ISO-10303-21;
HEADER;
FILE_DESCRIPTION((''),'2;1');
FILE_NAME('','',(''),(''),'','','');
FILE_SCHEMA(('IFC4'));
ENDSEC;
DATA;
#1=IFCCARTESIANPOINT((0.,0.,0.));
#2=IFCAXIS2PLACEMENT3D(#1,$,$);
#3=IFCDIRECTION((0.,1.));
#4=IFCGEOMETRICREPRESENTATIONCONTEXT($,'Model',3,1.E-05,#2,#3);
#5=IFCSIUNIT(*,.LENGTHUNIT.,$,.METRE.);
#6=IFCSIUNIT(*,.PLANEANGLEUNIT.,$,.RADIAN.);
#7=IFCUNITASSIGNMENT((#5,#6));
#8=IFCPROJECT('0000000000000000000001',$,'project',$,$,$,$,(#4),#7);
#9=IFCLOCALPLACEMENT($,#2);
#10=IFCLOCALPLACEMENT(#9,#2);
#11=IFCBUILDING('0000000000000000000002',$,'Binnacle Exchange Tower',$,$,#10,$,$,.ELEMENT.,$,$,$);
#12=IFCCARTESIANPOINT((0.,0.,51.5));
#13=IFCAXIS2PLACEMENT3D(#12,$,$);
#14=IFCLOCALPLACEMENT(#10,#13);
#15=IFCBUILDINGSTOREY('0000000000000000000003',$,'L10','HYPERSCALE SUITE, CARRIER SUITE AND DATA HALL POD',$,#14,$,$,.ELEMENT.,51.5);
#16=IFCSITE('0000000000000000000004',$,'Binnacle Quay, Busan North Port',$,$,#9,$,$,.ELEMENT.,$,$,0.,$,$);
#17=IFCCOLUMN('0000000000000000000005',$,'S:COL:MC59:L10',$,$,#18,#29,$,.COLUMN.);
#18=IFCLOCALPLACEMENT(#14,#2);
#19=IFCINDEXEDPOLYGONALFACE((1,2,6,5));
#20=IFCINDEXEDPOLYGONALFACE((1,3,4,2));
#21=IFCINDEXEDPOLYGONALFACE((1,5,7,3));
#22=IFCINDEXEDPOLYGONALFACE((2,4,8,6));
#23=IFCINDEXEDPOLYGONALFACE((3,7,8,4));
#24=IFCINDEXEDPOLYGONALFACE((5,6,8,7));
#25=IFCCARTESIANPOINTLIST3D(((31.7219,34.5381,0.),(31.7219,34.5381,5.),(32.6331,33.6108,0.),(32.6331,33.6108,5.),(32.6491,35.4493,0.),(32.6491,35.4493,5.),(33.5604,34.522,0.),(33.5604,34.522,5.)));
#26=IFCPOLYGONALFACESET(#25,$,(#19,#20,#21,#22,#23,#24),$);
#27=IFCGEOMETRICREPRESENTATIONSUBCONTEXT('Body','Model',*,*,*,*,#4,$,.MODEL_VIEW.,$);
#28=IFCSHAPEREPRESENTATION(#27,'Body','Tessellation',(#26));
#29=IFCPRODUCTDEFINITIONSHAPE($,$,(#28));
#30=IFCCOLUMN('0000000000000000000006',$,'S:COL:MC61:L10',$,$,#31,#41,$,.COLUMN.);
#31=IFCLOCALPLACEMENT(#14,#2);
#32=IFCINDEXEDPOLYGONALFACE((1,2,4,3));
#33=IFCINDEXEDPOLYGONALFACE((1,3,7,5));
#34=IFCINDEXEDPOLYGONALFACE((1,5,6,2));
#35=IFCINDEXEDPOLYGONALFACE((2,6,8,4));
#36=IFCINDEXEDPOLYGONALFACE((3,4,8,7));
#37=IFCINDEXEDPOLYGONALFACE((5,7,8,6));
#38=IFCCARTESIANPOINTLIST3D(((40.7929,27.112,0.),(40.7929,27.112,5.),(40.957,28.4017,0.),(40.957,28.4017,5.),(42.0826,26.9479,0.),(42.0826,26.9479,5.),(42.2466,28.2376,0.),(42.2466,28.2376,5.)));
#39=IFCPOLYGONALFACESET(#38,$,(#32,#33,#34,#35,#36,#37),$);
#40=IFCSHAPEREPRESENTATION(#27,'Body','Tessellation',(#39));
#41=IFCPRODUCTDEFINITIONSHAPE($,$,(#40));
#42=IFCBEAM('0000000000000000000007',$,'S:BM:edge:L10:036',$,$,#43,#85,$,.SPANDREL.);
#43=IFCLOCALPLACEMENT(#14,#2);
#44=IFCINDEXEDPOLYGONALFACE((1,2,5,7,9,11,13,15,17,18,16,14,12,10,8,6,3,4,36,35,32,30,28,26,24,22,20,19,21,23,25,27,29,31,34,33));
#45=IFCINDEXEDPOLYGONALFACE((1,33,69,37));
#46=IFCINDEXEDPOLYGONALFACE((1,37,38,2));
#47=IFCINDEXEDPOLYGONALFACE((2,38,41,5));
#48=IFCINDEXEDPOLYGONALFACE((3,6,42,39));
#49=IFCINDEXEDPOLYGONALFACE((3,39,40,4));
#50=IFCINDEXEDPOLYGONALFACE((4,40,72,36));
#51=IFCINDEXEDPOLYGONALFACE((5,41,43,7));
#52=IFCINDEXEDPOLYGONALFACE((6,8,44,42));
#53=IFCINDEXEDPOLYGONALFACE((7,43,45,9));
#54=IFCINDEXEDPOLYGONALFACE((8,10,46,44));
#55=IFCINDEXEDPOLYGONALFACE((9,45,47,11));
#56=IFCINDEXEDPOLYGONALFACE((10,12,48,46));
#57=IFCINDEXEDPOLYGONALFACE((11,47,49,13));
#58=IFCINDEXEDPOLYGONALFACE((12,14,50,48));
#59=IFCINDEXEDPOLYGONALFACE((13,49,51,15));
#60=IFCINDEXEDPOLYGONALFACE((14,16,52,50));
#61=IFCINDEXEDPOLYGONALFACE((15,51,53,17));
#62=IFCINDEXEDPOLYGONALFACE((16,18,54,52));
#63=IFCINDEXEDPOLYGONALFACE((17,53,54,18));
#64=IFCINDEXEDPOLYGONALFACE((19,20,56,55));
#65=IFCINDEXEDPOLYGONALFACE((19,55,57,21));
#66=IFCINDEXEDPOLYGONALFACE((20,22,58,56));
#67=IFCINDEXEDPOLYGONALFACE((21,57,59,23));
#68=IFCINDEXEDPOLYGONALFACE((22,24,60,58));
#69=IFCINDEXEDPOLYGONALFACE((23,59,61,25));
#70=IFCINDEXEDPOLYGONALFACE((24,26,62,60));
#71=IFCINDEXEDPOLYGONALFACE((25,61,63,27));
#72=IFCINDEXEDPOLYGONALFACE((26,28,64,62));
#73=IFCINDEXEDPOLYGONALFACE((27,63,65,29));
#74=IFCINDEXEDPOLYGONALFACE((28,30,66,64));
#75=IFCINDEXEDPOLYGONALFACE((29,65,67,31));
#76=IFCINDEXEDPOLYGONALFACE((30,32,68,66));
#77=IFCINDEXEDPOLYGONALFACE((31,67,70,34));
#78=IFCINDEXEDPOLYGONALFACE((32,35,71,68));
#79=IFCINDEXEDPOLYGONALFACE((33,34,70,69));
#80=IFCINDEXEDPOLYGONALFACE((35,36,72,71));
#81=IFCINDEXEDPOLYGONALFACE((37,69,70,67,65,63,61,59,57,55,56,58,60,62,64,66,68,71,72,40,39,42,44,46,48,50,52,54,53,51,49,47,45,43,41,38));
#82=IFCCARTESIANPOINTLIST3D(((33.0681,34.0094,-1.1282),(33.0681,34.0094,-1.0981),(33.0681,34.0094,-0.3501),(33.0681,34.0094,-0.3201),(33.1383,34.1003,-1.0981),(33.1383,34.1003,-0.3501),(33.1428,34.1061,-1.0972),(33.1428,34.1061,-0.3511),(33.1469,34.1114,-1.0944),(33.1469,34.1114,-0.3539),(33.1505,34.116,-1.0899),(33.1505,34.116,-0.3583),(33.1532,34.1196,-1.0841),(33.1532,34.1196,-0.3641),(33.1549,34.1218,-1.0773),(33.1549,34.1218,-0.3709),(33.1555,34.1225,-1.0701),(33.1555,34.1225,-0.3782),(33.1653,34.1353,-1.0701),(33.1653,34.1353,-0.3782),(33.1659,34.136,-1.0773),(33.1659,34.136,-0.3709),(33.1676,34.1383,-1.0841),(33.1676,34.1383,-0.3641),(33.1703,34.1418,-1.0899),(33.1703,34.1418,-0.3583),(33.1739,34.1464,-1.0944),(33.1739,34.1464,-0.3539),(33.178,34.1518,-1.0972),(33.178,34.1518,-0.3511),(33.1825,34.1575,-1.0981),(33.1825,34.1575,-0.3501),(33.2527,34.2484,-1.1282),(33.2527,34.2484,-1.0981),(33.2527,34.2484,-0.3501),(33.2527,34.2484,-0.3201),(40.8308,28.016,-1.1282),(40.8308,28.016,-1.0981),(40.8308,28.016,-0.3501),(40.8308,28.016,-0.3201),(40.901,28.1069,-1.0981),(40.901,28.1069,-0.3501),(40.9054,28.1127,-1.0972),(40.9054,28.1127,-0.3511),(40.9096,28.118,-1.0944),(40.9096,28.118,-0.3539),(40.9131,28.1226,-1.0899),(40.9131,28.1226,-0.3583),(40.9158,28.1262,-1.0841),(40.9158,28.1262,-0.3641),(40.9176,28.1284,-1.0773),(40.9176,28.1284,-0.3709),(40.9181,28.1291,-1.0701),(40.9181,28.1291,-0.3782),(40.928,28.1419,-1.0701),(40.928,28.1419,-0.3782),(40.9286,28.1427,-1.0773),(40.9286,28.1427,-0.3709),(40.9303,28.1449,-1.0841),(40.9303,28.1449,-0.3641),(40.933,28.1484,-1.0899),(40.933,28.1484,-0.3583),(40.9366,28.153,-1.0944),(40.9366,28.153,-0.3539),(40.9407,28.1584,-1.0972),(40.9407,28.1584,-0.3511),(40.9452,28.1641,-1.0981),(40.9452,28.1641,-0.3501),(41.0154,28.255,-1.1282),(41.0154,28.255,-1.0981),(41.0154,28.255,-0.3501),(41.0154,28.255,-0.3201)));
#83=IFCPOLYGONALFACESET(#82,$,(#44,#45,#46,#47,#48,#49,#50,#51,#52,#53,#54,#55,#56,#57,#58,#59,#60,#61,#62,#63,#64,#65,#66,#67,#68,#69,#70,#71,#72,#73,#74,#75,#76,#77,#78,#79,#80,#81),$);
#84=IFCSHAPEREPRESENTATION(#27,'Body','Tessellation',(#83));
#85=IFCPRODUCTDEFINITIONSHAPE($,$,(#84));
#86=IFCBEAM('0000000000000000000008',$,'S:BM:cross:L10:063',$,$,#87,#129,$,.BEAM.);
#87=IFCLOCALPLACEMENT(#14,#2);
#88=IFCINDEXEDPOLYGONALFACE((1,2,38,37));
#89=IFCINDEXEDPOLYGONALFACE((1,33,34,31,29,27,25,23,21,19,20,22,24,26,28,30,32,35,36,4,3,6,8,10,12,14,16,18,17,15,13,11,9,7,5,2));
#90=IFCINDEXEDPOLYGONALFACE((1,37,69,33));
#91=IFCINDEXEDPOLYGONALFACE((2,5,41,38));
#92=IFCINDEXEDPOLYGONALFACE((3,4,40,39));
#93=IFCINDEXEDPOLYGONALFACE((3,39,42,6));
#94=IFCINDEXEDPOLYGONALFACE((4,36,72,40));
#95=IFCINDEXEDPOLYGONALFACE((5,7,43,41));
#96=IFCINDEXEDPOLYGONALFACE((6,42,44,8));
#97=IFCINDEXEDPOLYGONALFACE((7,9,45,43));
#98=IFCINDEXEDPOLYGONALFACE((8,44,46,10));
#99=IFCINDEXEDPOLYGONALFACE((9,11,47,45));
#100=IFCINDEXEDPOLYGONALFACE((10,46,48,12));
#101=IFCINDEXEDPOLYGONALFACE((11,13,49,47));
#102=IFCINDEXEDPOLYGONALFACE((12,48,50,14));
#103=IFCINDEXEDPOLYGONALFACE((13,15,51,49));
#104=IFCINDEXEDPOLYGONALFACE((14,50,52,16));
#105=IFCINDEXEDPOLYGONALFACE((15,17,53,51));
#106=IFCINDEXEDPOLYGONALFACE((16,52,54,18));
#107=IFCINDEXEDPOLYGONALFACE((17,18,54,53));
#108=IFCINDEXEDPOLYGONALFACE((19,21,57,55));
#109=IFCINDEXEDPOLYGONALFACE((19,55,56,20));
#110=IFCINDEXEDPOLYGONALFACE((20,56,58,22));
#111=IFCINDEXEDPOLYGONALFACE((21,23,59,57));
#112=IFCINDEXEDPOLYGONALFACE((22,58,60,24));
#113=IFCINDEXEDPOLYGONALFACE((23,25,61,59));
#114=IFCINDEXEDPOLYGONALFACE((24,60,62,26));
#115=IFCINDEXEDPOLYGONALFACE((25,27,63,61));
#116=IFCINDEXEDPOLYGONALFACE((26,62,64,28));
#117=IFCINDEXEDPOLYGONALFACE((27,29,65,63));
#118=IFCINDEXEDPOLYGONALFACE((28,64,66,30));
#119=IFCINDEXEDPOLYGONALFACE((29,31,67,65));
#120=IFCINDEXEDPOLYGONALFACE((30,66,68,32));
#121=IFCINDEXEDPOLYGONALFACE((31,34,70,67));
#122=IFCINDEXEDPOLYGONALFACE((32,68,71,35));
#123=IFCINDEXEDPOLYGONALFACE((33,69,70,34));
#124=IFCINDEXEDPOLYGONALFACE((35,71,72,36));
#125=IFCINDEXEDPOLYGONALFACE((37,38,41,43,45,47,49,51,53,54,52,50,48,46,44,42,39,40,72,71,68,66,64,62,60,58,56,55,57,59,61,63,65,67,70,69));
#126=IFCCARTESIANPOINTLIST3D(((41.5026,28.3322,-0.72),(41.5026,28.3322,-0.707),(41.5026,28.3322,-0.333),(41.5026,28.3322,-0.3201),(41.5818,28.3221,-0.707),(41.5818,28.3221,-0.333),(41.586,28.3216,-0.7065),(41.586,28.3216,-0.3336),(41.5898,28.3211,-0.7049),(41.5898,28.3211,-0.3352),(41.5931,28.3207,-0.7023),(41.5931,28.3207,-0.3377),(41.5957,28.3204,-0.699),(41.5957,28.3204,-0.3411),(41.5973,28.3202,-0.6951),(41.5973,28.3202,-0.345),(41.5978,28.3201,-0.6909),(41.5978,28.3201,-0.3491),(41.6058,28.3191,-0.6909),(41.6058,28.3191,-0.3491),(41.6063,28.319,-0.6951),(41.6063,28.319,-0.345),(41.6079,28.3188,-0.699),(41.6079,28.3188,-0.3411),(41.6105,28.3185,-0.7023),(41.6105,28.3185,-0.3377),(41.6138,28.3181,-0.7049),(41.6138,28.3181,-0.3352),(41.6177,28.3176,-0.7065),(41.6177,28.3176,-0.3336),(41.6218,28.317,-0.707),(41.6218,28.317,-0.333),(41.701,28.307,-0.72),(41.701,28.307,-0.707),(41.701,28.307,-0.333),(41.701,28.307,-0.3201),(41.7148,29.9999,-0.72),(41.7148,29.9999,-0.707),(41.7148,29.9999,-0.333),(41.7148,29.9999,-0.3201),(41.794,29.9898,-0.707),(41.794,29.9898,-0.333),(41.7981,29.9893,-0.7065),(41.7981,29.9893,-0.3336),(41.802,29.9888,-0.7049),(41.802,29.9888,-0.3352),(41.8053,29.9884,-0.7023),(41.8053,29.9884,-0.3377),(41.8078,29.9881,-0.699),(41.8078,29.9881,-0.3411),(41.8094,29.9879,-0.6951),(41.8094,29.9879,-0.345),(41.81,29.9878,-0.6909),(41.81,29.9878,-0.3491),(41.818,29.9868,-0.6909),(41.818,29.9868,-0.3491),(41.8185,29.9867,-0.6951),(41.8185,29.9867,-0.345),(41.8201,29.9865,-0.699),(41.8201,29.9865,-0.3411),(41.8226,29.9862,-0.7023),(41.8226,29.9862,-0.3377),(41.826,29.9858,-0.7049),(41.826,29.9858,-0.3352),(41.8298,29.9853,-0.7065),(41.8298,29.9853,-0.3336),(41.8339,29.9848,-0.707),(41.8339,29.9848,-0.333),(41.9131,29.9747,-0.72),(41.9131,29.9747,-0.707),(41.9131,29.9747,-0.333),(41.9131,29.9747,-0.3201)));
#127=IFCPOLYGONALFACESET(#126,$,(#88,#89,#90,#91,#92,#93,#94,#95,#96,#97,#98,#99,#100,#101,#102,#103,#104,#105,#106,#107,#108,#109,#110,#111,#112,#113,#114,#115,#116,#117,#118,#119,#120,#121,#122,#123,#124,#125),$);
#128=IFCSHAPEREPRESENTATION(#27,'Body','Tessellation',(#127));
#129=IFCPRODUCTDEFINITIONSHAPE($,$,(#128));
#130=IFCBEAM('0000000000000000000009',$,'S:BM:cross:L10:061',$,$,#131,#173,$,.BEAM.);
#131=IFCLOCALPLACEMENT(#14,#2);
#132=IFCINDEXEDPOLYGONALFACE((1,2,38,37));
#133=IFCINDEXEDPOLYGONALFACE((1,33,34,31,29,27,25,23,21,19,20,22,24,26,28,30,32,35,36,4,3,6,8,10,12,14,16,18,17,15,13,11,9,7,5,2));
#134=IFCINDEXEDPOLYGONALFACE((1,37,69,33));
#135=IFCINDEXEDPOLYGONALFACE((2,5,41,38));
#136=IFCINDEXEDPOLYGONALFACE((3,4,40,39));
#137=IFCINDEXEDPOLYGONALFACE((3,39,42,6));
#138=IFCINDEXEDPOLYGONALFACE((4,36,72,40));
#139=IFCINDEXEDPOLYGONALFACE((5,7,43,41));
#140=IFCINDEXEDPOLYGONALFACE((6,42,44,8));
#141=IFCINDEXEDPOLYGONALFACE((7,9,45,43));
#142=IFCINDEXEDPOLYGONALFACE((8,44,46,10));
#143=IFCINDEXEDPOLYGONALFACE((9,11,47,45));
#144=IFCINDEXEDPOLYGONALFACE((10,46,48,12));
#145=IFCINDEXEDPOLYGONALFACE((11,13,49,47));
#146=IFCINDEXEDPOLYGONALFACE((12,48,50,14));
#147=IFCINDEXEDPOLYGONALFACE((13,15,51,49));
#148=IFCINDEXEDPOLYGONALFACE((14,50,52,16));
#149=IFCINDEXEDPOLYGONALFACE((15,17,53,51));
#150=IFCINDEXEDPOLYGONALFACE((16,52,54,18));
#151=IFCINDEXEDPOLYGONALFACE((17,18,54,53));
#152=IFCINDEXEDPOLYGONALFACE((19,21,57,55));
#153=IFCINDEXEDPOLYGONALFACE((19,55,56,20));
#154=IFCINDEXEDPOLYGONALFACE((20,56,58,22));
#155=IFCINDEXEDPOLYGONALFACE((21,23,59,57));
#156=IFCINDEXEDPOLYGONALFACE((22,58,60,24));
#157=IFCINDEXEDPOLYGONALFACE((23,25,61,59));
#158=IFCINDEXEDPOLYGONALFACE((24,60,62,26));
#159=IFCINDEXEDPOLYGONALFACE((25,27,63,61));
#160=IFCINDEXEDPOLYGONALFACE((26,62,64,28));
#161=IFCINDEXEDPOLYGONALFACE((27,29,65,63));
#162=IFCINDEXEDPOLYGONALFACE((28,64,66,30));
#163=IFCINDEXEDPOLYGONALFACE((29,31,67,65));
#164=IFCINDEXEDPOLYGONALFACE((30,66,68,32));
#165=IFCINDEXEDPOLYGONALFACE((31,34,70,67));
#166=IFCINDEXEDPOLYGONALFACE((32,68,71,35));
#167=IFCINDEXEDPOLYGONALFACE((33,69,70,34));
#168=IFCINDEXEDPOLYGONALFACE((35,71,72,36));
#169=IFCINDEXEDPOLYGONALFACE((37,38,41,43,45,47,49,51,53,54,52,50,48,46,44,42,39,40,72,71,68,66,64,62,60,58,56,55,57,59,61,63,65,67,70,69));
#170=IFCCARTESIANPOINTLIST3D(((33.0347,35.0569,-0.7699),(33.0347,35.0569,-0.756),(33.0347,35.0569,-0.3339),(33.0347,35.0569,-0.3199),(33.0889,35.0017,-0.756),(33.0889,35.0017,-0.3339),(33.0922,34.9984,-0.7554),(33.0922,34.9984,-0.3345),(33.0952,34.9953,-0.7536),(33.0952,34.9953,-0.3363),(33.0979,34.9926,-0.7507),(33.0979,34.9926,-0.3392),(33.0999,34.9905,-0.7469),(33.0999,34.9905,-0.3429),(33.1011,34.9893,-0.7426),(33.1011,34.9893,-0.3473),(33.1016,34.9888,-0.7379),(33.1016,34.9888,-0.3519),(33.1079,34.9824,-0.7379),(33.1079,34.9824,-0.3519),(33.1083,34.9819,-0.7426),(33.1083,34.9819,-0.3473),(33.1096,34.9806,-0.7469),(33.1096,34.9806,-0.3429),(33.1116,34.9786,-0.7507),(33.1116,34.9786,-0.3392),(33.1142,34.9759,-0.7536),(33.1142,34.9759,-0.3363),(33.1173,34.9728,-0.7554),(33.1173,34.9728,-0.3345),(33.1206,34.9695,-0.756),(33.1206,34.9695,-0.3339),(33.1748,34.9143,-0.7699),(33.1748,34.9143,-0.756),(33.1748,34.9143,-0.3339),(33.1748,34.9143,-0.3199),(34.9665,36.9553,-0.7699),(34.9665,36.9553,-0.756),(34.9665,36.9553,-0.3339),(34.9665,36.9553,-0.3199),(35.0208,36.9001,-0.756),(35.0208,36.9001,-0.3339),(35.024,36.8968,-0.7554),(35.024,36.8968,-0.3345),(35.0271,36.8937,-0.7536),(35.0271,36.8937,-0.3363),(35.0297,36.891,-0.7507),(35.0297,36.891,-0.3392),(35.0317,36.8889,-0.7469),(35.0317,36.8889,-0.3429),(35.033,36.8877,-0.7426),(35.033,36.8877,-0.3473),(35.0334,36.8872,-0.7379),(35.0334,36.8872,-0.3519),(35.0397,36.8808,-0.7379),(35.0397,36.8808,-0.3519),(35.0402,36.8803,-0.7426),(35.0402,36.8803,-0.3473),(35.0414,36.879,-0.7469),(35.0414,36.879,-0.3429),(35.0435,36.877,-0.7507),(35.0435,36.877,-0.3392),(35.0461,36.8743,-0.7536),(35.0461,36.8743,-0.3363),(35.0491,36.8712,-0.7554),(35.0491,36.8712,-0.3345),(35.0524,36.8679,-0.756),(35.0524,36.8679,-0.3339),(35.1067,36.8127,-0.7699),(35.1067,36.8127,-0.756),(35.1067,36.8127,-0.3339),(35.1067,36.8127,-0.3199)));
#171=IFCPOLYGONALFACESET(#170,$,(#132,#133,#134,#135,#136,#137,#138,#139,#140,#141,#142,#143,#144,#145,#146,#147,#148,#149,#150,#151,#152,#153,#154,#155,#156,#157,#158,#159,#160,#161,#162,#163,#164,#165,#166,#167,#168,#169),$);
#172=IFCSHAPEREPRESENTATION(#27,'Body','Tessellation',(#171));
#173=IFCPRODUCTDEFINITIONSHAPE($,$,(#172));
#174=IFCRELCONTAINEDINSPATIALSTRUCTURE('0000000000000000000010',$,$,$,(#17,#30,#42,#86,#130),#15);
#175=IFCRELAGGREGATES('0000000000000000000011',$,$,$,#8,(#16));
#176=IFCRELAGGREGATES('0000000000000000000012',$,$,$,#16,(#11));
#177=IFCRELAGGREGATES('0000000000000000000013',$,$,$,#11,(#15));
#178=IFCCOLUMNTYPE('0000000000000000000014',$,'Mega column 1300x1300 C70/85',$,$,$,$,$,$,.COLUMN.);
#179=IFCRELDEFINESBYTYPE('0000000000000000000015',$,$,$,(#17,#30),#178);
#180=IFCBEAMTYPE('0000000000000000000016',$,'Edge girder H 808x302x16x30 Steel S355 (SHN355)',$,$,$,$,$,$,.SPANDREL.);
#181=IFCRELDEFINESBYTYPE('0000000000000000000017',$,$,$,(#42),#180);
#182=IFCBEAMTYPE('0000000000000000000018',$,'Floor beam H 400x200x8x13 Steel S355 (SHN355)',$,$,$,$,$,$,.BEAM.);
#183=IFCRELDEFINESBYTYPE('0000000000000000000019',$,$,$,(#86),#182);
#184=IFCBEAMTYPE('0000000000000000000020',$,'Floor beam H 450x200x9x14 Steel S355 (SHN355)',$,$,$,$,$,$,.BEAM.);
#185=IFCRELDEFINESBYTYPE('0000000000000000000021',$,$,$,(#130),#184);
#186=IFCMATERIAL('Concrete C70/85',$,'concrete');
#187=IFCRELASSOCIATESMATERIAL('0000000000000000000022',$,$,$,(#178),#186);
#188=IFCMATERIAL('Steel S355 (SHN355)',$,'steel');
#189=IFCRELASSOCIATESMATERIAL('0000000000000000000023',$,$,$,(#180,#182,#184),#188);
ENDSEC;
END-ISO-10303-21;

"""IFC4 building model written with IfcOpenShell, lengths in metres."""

from ifc_helpers import new_model, si_unit, direction, frame, origin, origin_2d, place, context, subcontext, project, spatial, rectangle, i_section, extrude, material, material_profile, profile_set, type_object, element, save


model = new_model("IFC4")

# Units and contexts
model_context = context("Model", 3, precision=1e-05, world=origin(), true_north=direction((0.0, 1.0)))
body_context = subcontext(model_context, "Body", "Model", "MODEL_VIEW")
ifc_project = project(units=[si_unit("LENGTHUNIT", "METRE"), si_unit("PLANEANGLEUNIT", "RADIAN")], contexts=[model_context])

# Site, building, storey
site_placement = place(None, origin())
site = spatial("IfcSite", under=ifc_project, at=site_placement, Name="Binnacle Quay, Busan North Port", CompositionType="ELEMENT", RefElevation=0.0)
building_placement = place(site_placement, origin())
building = spatial("IfcBuilding", under=site, at=building_placement, Name="Binnacle Exchange Tower", CompositionType="ELEMENT")
storey_placement = place(building_placement, frame((0.0, 0.0, 51.5)))
storey = spatial("IfcBuildingStorey", under=building, at=storey_placement, Name="L10", Description="HYPERSCALE SUITE, CARRIER SUITE AND DATA HALL POD", CompositionType="ELEMENT", Elevation=51.5)

# Columns
ifc_material_1 = material(Name="Concrete C70/85", Category="concrete")
ifc_material_profile_1 = material_profile(ifc_material_1, rectangle(XDim=1.3, YDim=1.3, at=origin_2d()), Name="Mega column 1300x1300 C70/85")
ifc_profile_set_1 = profile_set([ifc_material_profile_1], Name="Concrete C70/85")
column_type = type_object("IfcColumnType", Name="Mega column 1300x1300 C70/85", PredefinedType="COLUMN", material=ifc_profile_set_1)
for number, where, z_axis, x_axis, name in (
    (1, (32.6411, 34.53, 0.0), (0.0, 0.0, 1.0), (0.700909, -0.71325, 0.0), "S:COL:MC59:L10"),
    (2, (41.5198, 27.6748, 0.0), (0.0, 0.0, 1.0), (0.992005, -0.126199, 0.0), "S:COL:MC61:L10"),
):
    element("IfcColumn", number, at=place(storey_placement, frame(where, z_axis=z_axis, x_axis=x_axis)), inside=storey, type_object=column_type, Name=name, PredefinedType="COLUMN", context=body_context, shape_type="SweptSolid", body=[
        extrude(rectangle(XDim=1.3, YDim=1.3, at=origin_2d()), origin(), (0.0, 0.0, 1.0), 5.0),
    ])

# Beams
ifc_material_2 = material(Name="Steel S355 (SHN355)", Category="steel")
ifc_material_profile_2 = material_profile(ifc_material_2, i_section(OverallWidth=0.302, OverallDepth=0.8081, WebThickness=0.0161, FlangeThickness=0.03, FilletRadius=0.0281, at=origin_2d()), Name="H 808x302x16x30")
ifc_profile_set_2 = profile_set([ifc_material_profile_2], Name="Steel S355 (SHN355)")
beam_type_1 = type_object("IfcBeamType", Name="Edge girder H 808x302x16x30 Steel S355 (SHN355)", PredefinedType="SPANDREL", material=ifc_profile_set_2)
beam_1_placement = place(storey_placement, frame((33.1604, 34.1289, -0.7241), z_axis=(0.791533, -0.611126, 0.0), x_axis=(0.611126, 0.791533, 0.0)))
element("IfcBeam", 3, at=beam_1_placement, inside=storey, type_object=beam_type_1, Name="S:BM:edge:L10:036", PredefinedType="SPANDREL", context=body_context, shape_type="SweptSolid", body=[
    extrude(i_section(OverallWidth=0.302, OverallDepth=0.8081, WebThickness=0.0161, FlangeThickness=0.03, FilletRadius=0.0281, at=origin_2d()), origin(), (0.0, 0.0, 1.0), 9.8071),
])
ifc_material_profile_3 = material_profile(ifc_material_2, i_section(OverallWidth=0.2, OverallDepth=0.3999, WebThickness=0.0081, FlangeThickness=0.0129, FilletRadius=0.0161, at=origin_2d()), Name="H 400x200x8x13")
ifc_profile_set_3 = profile_set([ifc_material_profile_3], Name="Steel S355 (SHN355)")
beam_type_2 = type_object("IfcBeamType", Name="Floor beam H 400x200x8x13 Steel S355 (SHN355)", PredefinedType="BEAM", material=ifc_profile_set_3)
beam_2_placement = place(storey_placement, frame((41.6018, 28.3196, -0.52), z_axis=(0.126197, 0.992005, 0.0), x_axis=(-0.992005, 0.126197, 0.0)))
element("IfcBeam", 4, at=beam_2_placement, inside=storey, type_object=beam_type_2, Name="S:BM:cross:L10:063", PredefinedType="BEAM", context=body_context, shape_type="SweptSolid", body=[
    extrude(i_section(OverallWidth=0.2, OverallDepth=0.3999, WebThickness=0.0081, FlangeThickness=0.0129, FilletRadius=0.0161, at=origin_2d()), origin(), (0.0, 0.0, 1.0), 1.6812),
])
ifc_material_profile_4 = material_profile(ifc_material_2, i_section(OverallWidth=0.2, OverallDepth=0.45, WebThickness=0.009, FlangeThickness=0.0139, FilletRadius=0.0181, at=origin_2d()), Name="H 450x200x9x14")
ifc_profile_set_4 = profile_set([ifc_material_profile_4], Name="Steel S355 (SHN355)")
beam_type_3 = type_object("IfcBeamType", Name="Floor beam H 450x200x9x14 Steel S355 (SHN355)", PredefinedType="BEAM", material=ifc_profile_set_4)
beam_3_placement = place(storey_placement, frame((33.1047, 34.9856, -0.5449), z_axis=(0.713254, 0.700905, 0.0), x_axis=(-0.700905, 0.713254, 0.0)))
element("IfcBeam", 5, at=beam_3_placement, inside=storey, type_object=beam_type_3, Name="S:BM:cross:L10:061", PredefinedType="BEAM", context=body_context, shape_type="SweptSolid", body=[
    extrude(i_section(OverallWidth=0.2, OverallDepth=0.45, WebThickness=0.009, FlangeThickness=0.0139, FilletRadius=0.0181, at=origin_2d()), origin(), (0.0, 0.0, 1.0), 2.7085),
])

save(model, "model.ifc")
